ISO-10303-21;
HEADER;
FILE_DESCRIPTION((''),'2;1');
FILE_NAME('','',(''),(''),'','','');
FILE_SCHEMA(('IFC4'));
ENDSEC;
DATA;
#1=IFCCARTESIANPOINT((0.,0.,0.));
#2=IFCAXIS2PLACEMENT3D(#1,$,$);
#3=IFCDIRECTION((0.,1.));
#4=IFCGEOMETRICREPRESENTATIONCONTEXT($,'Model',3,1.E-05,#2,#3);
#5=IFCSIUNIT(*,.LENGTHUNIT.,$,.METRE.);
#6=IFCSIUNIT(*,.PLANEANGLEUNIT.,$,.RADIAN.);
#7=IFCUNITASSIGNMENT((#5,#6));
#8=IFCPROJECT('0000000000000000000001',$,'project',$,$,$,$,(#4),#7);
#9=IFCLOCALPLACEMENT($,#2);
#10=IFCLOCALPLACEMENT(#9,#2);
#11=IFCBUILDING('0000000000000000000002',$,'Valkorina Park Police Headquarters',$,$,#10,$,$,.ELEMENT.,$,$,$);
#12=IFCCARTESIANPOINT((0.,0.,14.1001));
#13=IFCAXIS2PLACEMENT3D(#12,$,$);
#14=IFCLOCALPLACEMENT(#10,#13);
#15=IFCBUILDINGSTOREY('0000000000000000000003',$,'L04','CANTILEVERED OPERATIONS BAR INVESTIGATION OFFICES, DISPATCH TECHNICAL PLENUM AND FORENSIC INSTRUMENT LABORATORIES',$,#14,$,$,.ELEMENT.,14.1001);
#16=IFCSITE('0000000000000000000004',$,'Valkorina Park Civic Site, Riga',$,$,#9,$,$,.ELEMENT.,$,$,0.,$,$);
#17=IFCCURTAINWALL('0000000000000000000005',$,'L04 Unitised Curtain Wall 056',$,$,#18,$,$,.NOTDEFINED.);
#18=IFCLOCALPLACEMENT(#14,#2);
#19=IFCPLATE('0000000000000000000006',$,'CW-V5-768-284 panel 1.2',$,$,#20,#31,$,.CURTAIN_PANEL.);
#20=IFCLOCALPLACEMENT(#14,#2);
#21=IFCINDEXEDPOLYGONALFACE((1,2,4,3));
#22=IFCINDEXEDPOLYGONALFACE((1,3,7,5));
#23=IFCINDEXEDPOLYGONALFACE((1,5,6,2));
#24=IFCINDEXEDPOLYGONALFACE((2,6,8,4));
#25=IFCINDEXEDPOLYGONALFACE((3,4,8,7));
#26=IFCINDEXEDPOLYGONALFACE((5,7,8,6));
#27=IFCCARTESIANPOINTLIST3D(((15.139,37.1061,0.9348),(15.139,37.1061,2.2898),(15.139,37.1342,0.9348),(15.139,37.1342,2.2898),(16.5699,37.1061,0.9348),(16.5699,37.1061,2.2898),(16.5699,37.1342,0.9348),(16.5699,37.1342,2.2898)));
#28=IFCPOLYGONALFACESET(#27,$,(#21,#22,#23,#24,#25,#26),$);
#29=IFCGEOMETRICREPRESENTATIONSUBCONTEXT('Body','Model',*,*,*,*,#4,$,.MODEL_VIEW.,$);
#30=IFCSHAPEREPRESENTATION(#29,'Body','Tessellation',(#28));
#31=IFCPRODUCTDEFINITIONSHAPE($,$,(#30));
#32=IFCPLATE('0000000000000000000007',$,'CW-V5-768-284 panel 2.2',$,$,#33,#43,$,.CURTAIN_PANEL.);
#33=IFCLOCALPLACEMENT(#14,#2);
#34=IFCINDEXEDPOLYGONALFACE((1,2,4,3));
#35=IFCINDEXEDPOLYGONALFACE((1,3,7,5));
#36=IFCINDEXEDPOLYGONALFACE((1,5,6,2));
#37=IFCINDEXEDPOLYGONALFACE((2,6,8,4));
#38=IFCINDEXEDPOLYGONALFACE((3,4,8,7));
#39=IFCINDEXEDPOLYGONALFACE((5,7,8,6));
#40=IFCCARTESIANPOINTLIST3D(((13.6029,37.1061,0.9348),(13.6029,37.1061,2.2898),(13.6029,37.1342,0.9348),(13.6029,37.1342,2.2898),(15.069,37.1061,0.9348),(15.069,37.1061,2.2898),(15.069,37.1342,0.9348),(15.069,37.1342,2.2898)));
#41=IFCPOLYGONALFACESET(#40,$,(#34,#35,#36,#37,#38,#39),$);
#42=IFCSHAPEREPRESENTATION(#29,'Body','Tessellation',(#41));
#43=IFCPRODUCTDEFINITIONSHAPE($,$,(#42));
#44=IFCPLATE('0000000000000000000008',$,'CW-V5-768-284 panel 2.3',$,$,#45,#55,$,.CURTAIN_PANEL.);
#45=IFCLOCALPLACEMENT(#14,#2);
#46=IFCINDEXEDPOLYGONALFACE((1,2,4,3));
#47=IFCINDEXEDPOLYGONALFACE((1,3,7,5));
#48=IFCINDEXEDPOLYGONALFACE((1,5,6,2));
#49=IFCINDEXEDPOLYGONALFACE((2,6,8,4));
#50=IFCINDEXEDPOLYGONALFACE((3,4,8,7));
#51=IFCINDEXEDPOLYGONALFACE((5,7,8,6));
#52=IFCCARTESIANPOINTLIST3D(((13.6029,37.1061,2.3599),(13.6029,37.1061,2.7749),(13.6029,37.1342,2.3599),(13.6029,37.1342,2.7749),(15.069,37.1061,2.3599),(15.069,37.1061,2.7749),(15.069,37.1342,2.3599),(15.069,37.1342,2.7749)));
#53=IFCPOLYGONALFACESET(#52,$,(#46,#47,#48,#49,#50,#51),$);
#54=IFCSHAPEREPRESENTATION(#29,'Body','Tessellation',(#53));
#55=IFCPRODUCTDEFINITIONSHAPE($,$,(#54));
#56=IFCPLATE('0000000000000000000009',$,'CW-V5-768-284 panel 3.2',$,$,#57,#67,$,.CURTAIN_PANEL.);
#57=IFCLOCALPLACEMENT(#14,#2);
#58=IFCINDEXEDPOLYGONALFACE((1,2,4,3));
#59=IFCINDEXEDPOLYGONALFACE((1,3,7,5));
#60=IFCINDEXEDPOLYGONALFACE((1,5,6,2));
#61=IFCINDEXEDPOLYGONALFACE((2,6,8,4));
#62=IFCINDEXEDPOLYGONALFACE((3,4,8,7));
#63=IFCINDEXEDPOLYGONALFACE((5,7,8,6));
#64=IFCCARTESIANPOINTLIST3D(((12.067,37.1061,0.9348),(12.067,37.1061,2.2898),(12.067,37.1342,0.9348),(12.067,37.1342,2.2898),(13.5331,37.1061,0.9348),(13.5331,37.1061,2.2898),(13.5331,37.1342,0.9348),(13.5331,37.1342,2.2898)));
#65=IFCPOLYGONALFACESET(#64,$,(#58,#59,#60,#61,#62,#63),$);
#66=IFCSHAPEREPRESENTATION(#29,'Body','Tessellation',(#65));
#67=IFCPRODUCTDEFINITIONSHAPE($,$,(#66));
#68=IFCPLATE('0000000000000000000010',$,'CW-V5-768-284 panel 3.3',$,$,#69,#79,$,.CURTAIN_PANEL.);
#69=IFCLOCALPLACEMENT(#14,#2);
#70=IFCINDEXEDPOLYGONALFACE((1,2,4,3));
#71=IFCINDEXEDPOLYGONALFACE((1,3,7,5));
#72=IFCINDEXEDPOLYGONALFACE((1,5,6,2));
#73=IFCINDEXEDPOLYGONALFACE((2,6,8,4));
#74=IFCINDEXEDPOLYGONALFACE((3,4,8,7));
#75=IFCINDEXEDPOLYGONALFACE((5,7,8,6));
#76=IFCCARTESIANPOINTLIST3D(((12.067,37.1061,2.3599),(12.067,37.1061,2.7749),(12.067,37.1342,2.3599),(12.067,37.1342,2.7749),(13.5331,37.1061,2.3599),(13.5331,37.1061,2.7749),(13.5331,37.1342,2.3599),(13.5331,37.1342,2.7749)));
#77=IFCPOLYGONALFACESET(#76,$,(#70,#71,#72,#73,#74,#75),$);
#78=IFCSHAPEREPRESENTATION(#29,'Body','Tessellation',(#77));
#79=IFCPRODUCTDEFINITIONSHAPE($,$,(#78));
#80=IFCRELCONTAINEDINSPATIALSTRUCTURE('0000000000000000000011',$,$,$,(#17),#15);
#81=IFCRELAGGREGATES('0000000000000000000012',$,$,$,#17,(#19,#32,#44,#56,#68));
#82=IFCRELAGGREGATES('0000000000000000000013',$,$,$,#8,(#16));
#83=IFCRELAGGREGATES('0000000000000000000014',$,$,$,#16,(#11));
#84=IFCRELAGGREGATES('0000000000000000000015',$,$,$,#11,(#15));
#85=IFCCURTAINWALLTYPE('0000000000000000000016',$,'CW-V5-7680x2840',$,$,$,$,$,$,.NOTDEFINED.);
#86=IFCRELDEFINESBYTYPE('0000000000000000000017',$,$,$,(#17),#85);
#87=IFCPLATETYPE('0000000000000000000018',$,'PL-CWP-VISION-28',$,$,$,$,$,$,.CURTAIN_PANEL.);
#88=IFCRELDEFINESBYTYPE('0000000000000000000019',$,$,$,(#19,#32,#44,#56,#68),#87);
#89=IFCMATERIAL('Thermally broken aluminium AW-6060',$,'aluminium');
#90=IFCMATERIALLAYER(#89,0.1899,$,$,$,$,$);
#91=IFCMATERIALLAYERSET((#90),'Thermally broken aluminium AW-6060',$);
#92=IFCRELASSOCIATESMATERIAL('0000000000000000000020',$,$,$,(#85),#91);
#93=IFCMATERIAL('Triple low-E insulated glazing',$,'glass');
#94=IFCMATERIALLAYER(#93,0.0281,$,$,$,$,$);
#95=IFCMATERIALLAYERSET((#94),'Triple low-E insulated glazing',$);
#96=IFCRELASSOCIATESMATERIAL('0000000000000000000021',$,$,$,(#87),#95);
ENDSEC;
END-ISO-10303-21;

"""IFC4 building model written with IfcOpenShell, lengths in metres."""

from ifc_helpers import new_model, si_unit, direction, frame, origin, origin_2d, place, context, subcontext, project, spatial, rectangle, extrude, material, layer, layer_set, type_object, element, aggregate, save


model = new_model("IFC4")

# Units and contexts
model_context = context("Model", 3, precision=1e-05, world=origin(), true_north=direction((0.0, 1.0)))
body_context = subcontext(model_context, "Body", "Model", "MODEL_VIEW")
ifc_project = project(units=[si_unit("LENGTHUNIT", "METRE"), si_unit("PLANEANGLEUNIT", "RADIAN")], contexts=[model_context])

# Site, building, storey
site_placement = place(None, origin())
site = spatial("IfcSite", under=ifc_project, at=site_placement, Name="Valkorina Park Civic Site, Riga", CompositionType="ELEMENT", RefElevation=0.0)
building_placement = place(site_placement, origin())
building = spatial("IfcBuilding", under=site, at=building_placement, Name="Valkorina Park Police Headquarters", CompositionType="ELEMENT")
storey_placement = place(building_placement, frame((0.0, 0.0, 14.1001)))
storey = spatial("IfcBuildingStorey", under=building, at=storey_placement, Name="L04", Description="CANTILEVERED OPERATIONS BAR INVESTIGATION OFFICES, DISPATCH TECHNICAL PLENUM AND FORENSIC INSTRUMENT LABORATORIES", CompositionType="ELEMENT", Elevation=14.1001)

# Curtain wall, plates
ifc_material_1 = material(Name="Thermally broken aluminium AW-6060", Category="aluminium")
ifc_layer_1 = layer(ifc_material_1, 0.1899)
ifc_layer_set_1 = layer_set([ifc_layer_1], Name="Thermally broken aluminium AW-6060")
curtain_wall_type = type_object("IfcCurtainWallType", Name="CW-V5-7680x2840", PredefinedType="NOTDEFINED", material=ifc_layer_set_1)
curtain_wall_placement = place(storey_placement, origin())
curtain_wall = element("IfcCurtainWall", 1, at=curtain_wall_placement, inside=storey, type_object=curtain_wall_type, Name="L04 Unitised Curtain Wall 056", PredefinedType="NOTDEFINED")
ifc_material_2 = material(Name="Triple low-E insulated glazing", Category="glass")
ifc_layer_2 = layer(ifc_material_2, 0.0281)
ifc_layer_set_2 = layer_set([ifc_layer_2], Name="Triple low-E insulated glazing")
plate_type_1 = type_object("IfcPlateType", Name="PL-CWP-VISION-28", PredefinedType="CURTAIN_PANEL", material=ifc_layer_set_2)
plate_1_placement = place(storey_placement, frame((15.8545, 37.1201, 0.9348), z_axis=(0.0, 0.0, 1.0), x_axis=(-1.0, 0.0, 0.0)))
plate_1 = element("IfcPlate", 2, at=plate_1_placement, type_object=plate_type_1, Name="CW-V5-768-284 panel 1.2", PredefinedType="CURTAIN_PANEL", context=body_context, shape_type="SweptSolid", body=[
    extrude(rectangle(XDim=1.4309, YDim=0.0281, at=origin_2d()), origin(), (0.0, 0.0, 1.0), 1.355),
])
plate_2_placement = place(storey_placement, frame((14.3359, 37.1201, 0.9348), z_axis=(0.0, 0.0, 1.0), x_axis=(-1.0, 0.0, 0.0)))
plate_2 = element("IfcPlate", 3, at=plate_2_placement, type_object=plate_type_1, Name="CW-V5-768-284 panel 2.2", PredefinedType="CURTAIN_PANEL", context=body_context, shape_type="SweptSolid", body=[
    extrude(rectangle(XDim=1.4661, YDim=0.0281, at=origin_2d()), origin(), (0.0, 0.0, 1.0), 1.355),
])
plate_3_placement = place(storey_placement, frame((14.3359, 37.1201, 2.3599), z_axis=(0.0, 0.0, 1.0), x_axis=(-1.0, 0.0, 0.0)))
plate_3 = element("IfcPlate", 4, at=plate_3_placement, type_object=plate_type_1, Name="CW-V5-768-284 panel 2.3", PredefinedType="CURTAIN_PANEL", context=body_context, shape_type="SweptSolid", body=[
    extrude(rectangle(XDim=1.4661, YDim=0.0281, at=origin_2d()), origin(), (0.0, 0.0, 1.0), 0.415),
])
plate_4_placement = place(storey_placement, frame((12.8, 37.1201, 0.9348), z_axis=(0.0, 0.0, 1.0), x_axis=(-1.0, 0.0, 0.0)))
plate_4 = element("IfcPlate", 5, at=plate_4_placement, type_object=plate_type_1, Name="CW-V5-768-284 panel 3.2", PredefinedType="CURTAIN_PANEL", context=body_context, shape_type="SweptSolid", body=[
    extrude(rectangle(XDim=1.4661, YDim=0.0281, at=origin_2d()), origin(), (0.0, 0.0, 1.0), 1.355),
])
plate_5_placement = place(storey_placement, frame((12.8, 37.1201, 2.3599), z_axis=(0.0, 0.0, 1.0), x_axis=(-1.0, 0.0, 0.0)))
plate_5 = element("IfcPlate", 6, at=plate_5_placement, type_object=plate_type_1, Name="CW-V5-768-284 panel 3.3", PredefinedType="CURTAIN_PANEL", context=body_context, shape_type="SweptSolid", body=[
    extrude(rectangle(XDim=1.4661, YDim=0.0281, at=origin_2d()), origin(), (0.0, 0.0, 1.0), 0.415),
])
aggregate(curtain_wall, [plate_1, plate_2, plate_3, plate_4, plate_5])

save(model, "model.ifc")
